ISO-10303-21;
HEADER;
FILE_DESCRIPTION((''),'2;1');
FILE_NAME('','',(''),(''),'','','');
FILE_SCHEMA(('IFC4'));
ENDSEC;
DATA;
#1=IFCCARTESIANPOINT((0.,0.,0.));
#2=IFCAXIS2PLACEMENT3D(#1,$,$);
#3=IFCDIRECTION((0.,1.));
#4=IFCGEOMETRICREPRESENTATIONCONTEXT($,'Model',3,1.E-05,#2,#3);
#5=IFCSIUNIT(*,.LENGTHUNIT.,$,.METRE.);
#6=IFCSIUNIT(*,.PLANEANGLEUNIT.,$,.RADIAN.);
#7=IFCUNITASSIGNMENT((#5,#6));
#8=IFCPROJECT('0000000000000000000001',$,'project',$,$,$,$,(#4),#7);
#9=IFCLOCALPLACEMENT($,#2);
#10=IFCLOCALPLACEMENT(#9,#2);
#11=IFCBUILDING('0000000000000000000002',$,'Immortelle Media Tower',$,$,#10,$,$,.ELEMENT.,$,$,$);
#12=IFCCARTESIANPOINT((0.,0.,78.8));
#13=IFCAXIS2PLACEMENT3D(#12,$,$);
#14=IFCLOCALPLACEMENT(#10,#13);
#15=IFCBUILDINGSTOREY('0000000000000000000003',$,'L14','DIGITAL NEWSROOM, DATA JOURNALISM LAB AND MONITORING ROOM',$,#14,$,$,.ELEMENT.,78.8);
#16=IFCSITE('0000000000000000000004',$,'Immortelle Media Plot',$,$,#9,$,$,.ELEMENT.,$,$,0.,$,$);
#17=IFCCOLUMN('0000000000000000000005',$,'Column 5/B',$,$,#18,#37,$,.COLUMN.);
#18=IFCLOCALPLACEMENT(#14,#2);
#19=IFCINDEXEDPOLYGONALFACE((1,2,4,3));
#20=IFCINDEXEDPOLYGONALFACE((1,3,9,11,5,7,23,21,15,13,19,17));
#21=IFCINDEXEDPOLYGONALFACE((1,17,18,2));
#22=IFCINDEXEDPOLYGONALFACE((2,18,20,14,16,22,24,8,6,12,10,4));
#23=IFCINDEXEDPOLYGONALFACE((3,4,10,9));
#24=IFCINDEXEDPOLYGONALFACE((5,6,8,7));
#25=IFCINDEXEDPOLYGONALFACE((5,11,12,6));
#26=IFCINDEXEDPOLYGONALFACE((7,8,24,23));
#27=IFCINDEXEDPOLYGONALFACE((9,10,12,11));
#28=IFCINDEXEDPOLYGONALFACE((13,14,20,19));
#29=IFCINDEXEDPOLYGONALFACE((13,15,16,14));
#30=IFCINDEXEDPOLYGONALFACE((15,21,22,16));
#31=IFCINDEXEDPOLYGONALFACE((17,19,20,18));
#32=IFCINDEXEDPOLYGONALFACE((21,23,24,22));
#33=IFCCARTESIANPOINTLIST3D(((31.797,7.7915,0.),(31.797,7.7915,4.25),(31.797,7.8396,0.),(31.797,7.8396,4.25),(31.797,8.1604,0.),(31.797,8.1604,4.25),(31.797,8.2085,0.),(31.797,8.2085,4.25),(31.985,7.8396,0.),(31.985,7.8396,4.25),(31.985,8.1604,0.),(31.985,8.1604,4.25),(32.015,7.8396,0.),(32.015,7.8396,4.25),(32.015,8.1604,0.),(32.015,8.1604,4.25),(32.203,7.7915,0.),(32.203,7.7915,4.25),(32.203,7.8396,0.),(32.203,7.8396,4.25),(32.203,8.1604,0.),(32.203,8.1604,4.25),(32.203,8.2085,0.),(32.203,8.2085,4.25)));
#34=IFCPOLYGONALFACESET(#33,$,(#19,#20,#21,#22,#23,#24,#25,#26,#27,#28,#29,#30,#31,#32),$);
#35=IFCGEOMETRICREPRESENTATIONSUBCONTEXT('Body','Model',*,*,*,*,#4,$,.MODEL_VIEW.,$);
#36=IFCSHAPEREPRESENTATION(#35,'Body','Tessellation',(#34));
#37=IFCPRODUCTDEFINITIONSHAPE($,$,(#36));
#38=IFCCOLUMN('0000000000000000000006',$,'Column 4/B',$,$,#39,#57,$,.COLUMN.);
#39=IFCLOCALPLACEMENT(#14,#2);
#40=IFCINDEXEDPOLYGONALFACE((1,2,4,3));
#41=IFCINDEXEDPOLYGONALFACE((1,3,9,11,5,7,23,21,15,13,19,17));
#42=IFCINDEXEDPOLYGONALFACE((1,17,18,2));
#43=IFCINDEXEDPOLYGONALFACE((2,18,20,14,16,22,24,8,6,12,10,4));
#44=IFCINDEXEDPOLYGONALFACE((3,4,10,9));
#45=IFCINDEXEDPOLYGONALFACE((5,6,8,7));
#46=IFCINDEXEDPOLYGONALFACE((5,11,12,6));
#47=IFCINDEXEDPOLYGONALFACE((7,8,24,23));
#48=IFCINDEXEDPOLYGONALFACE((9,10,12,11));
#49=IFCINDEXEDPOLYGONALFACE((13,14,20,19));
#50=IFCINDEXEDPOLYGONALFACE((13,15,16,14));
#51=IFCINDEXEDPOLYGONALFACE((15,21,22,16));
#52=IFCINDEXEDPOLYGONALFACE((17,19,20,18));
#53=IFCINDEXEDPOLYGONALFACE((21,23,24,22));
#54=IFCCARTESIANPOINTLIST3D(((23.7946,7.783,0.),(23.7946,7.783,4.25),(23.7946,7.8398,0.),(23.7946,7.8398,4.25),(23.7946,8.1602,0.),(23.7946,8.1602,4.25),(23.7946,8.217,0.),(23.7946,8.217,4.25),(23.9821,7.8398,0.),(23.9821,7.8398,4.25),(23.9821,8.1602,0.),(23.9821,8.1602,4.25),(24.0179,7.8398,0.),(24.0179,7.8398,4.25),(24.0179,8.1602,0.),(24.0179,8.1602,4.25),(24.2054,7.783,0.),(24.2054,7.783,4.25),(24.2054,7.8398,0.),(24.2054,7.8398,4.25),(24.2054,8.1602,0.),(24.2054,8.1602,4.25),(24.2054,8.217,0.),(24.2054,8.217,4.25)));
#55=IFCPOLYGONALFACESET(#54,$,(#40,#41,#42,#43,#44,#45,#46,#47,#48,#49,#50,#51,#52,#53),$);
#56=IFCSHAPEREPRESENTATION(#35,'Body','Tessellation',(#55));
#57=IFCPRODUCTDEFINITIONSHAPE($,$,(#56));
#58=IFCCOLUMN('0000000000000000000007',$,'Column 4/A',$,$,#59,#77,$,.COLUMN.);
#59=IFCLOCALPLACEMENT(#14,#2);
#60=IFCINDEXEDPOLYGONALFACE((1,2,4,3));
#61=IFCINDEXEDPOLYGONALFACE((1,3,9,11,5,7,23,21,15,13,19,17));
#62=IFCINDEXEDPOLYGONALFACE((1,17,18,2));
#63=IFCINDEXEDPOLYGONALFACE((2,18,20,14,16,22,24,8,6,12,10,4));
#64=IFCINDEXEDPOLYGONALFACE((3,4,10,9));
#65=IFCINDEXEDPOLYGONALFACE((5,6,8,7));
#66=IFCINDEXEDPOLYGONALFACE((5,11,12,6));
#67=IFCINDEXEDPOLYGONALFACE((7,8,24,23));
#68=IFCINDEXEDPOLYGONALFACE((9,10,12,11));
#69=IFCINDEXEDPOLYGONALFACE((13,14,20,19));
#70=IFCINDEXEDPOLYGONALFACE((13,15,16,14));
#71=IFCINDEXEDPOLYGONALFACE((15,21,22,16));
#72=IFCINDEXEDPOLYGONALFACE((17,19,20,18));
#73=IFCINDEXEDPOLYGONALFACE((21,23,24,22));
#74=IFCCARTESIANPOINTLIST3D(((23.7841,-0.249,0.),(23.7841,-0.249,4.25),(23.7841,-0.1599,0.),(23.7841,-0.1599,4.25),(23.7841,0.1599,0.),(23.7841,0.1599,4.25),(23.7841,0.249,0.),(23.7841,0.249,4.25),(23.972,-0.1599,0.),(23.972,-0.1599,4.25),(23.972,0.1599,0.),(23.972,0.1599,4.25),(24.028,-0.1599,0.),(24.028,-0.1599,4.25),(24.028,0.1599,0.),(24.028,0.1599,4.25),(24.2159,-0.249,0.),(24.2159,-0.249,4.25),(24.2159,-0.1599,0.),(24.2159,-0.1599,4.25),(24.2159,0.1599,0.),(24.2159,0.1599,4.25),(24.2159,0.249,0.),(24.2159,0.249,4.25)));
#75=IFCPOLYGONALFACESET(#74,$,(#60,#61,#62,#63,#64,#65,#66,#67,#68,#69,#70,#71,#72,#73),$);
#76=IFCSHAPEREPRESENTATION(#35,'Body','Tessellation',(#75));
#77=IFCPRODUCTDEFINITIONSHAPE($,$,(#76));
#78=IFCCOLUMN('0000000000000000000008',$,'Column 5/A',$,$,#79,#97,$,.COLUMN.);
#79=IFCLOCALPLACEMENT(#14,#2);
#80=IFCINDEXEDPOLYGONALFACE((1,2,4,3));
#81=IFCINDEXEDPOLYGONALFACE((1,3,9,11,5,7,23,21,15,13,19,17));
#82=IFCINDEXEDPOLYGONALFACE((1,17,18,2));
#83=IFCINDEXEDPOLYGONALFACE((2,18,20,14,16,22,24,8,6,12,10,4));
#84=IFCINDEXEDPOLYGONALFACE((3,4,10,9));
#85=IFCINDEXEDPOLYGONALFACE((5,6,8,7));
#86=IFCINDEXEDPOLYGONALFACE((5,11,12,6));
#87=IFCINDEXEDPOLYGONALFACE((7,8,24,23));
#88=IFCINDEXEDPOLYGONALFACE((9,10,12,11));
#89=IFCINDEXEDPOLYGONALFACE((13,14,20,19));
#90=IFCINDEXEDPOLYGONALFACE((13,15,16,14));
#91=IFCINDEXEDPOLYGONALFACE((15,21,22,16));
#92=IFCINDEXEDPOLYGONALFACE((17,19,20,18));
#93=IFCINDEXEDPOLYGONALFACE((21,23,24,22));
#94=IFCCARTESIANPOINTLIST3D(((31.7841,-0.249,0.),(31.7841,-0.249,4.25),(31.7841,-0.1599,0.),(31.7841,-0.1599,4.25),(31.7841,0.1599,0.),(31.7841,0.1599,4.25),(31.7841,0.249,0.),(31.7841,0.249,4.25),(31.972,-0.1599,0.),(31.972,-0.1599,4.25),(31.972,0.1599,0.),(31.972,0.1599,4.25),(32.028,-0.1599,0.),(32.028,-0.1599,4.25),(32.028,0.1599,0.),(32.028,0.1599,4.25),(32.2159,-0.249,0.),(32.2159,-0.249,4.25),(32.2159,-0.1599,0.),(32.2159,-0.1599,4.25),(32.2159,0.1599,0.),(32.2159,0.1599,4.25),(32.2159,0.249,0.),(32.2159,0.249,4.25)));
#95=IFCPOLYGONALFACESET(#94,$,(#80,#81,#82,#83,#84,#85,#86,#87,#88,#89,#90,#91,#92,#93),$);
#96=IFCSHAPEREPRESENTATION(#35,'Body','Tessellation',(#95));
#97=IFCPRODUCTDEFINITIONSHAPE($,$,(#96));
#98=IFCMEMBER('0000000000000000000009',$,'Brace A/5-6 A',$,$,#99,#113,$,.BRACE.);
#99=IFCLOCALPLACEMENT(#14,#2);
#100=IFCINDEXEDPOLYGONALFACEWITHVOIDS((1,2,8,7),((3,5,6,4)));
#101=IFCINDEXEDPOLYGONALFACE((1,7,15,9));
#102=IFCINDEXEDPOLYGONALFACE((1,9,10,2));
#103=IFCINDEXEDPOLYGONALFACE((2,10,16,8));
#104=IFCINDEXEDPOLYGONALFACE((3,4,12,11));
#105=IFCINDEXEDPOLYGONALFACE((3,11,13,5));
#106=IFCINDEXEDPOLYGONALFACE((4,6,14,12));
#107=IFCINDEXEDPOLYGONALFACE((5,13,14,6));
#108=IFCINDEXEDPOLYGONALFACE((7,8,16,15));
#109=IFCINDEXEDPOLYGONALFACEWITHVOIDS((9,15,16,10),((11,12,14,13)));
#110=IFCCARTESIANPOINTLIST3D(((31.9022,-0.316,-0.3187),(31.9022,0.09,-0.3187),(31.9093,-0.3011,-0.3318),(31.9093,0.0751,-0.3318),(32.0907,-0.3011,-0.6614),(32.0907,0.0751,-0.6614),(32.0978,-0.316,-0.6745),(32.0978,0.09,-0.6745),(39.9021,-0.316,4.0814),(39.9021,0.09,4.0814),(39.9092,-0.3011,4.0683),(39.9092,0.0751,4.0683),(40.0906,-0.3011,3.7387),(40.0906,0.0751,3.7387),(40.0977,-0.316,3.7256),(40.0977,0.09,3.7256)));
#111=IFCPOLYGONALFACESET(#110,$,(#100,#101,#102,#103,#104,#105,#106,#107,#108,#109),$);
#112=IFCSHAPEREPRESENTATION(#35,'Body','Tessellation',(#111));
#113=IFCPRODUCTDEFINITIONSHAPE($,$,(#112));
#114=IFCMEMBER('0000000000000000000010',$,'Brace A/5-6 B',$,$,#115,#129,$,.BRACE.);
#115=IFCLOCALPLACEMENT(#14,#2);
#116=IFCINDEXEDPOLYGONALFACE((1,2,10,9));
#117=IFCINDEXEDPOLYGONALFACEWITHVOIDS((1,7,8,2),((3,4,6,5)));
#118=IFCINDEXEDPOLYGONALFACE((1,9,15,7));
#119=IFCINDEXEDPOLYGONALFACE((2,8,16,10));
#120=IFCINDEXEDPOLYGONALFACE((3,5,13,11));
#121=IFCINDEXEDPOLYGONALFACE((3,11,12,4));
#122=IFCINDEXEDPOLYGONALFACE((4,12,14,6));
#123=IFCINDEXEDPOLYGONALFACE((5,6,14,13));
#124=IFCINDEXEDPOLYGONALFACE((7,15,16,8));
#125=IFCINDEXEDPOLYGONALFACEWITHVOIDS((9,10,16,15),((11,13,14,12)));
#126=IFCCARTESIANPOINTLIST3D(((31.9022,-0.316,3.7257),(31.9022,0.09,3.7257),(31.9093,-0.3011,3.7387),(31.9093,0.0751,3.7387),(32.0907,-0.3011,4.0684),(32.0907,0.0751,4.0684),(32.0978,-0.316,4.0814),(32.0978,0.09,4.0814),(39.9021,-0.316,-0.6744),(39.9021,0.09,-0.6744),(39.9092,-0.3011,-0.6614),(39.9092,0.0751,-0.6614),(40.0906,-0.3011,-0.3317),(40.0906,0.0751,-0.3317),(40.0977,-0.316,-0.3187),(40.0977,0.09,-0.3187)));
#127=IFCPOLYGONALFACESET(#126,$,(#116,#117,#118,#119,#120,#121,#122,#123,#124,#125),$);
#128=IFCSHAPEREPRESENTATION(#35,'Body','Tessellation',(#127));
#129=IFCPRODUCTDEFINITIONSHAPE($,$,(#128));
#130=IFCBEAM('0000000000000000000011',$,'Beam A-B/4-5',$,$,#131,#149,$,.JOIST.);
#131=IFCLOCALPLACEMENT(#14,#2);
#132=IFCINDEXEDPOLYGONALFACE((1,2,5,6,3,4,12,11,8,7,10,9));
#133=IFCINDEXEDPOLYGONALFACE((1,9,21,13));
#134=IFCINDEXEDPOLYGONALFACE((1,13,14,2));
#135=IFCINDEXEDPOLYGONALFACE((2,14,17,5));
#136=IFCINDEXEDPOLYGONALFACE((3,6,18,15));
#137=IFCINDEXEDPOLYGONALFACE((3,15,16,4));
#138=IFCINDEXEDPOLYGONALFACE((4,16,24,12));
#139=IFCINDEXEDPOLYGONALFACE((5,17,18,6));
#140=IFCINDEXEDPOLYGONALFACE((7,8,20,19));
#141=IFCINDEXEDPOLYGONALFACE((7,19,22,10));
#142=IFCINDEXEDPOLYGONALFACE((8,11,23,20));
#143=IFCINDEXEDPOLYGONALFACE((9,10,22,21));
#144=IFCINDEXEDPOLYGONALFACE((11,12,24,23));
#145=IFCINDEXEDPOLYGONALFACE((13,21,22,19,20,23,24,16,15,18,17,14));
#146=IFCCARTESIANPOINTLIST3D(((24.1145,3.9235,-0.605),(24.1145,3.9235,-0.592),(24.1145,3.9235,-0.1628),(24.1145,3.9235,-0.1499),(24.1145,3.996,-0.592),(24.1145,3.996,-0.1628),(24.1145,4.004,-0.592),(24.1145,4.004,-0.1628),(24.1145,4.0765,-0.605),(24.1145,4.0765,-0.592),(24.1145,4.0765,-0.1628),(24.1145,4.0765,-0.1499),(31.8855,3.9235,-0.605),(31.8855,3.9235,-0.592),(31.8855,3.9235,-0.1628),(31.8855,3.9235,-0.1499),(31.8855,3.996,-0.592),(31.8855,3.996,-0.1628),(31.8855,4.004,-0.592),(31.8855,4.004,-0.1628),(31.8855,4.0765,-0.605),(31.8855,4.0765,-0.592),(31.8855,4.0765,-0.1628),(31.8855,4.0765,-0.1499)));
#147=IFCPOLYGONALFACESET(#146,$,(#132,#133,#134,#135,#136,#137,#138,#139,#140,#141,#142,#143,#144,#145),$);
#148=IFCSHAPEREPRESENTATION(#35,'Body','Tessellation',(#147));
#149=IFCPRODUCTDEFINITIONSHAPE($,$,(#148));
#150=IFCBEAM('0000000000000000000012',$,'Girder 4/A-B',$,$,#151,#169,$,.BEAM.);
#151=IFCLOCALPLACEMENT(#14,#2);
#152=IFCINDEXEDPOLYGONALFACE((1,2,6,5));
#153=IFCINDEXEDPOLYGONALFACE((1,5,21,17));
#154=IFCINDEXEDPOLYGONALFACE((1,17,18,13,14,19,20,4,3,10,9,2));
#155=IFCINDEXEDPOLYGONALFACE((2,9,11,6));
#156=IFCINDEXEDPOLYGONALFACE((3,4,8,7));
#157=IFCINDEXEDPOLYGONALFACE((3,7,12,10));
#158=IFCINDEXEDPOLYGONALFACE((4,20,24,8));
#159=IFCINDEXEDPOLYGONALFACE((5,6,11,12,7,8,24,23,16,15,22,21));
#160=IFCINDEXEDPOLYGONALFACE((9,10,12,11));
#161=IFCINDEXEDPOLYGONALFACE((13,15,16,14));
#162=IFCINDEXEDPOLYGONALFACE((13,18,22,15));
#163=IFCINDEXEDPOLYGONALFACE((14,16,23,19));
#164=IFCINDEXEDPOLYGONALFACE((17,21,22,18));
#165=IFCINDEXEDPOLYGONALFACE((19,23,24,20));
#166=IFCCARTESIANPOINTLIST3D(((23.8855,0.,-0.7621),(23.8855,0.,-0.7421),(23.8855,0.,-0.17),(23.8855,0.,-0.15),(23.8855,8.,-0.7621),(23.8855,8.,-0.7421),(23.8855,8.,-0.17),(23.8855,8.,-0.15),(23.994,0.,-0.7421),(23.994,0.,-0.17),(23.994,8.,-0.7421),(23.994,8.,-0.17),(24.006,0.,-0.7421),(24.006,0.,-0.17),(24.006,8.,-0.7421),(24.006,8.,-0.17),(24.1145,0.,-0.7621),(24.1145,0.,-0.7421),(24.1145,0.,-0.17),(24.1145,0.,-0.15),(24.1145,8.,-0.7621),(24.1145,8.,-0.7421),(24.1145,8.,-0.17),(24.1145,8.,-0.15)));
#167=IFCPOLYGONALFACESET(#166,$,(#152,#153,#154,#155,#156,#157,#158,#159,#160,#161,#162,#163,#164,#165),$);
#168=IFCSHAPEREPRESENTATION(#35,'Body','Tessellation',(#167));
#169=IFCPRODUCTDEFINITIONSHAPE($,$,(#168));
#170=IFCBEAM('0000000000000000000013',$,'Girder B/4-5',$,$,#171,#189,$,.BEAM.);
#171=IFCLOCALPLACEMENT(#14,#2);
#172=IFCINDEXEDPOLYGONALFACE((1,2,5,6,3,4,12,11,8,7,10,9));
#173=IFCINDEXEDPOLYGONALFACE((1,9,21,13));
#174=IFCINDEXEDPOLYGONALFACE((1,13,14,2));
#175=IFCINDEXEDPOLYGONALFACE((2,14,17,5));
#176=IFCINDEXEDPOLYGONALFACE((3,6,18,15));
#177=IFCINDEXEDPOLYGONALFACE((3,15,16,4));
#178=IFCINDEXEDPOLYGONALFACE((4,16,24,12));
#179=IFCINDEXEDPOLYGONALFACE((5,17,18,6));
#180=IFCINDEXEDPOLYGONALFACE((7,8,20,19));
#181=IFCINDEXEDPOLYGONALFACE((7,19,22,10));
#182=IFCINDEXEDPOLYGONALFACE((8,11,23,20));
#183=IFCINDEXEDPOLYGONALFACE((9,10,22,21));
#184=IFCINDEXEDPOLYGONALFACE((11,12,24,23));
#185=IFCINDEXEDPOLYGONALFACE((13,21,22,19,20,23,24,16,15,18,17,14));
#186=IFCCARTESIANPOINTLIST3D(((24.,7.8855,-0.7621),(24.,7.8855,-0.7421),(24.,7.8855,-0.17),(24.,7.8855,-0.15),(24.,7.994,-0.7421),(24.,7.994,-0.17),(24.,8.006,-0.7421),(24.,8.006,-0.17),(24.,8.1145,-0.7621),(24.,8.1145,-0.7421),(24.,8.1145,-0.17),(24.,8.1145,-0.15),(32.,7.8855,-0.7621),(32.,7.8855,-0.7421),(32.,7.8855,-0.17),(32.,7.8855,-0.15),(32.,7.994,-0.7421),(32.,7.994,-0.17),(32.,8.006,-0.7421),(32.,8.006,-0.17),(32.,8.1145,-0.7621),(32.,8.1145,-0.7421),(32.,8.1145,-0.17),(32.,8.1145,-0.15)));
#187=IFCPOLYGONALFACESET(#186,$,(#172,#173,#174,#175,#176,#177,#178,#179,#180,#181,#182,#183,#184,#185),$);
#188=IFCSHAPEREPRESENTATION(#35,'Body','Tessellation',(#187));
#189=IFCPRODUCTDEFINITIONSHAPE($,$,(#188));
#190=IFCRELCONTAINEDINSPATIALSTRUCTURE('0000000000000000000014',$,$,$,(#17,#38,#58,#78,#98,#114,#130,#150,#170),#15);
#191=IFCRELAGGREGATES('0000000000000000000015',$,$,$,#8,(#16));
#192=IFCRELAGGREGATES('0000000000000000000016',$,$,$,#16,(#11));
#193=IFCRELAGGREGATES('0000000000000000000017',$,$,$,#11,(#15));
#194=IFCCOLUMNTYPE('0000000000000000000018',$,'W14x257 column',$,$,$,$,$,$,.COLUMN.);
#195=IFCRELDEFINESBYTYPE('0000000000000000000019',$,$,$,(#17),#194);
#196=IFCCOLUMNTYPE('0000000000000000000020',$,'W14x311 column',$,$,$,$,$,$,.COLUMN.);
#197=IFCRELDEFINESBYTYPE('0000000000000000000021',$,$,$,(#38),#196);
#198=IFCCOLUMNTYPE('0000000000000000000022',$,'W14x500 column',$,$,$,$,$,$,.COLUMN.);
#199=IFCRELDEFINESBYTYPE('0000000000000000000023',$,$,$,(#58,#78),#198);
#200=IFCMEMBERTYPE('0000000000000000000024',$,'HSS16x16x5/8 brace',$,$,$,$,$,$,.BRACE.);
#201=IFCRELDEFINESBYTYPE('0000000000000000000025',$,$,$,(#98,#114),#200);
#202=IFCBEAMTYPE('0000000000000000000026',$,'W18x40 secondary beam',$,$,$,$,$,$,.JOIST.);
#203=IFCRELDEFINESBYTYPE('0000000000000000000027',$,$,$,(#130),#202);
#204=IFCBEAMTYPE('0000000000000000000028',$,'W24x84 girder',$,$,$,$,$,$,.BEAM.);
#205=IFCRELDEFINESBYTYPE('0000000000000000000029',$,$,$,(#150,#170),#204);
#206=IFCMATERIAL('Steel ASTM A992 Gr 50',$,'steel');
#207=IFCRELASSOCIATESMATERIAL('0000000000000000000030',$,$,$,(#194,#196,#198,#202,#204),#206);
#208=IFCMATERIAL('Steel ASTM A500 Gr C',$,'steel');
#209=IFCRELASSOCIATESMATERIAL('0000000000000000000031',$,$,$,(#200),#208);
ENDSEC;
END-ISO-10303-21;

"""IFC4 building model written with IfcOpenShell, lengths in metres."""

from ifc_helpers import new_model, si_unit, direction, frame, origin, origin_2d, place, context, subcontext, project, spatial, hollow_rectangle, i_section, extrude, material, material_profile, profile_set, type_object, element, save


model = new_model("IFC4")

# Units and contexts
model_context = context("Model", 3, precision=1e-05, world=origin(), true_north=direction((0.0, 1.0)))
body_context = subcontext(model_context, "Body", "Model", "MODEL_VIEW")
ifc_project = project(units=[si_unit("LENGTHUNIT", "METRE"), si_unit("PLANEANGLEUNIT", "RADIAN")], contexts=[model_context])

# Site, building, storey
site_placement = place(None, origin())
site = spatial("IfcSite", under=ifc_project, at=site_placement, Name="Immortelle Media Plot", CompositionType="ELEMENT", RefElevation=0.0)
building_placement = place(site_placement, origin())
building = spatial("IfcBuilding", under=site, at=building_placement, Name="Immortelle Media Tower", CompositionType="ELEMENT")
storey_placement = place(building_placement, frame((0.0, 0.0, 78.8)))
storey = spatial("IfcBuildingStorey", under=building, at=storey_placement, Name="L14", Description="DIGITAL NEWSROOM, DATA JOURNALISM LAB AND MONITORING ROOM", CompositionType="ELEMENT", Elevation=78.8)

# Columns
ifc_material_1 = material(Name="Steel ASTM A992 Gr 50", Category="steel")
ifc_material_profile_1 = material_profile(ifc_material_1, i_section(OverallWidth=0.406, OverallDepth=0.417, WebThickness=0.03, FlangeThickness=0.0481, at=origin_2d()), Name="W14x257")
ifc_profile_set_1 = profile_set([ifc_material_profile_1], Name="Steel ASTM A992 Gr 50")
column_type_1 = type_object("IfcColumnType", Name="W14x257 column", PredefinedType="COLUMN", material=ifc_profile_set_1)
column_1_placement = place(storey_placement, frame((32.0, 8.0, 0.0), z_axis=(0.0, 0.0, 1.0), x_axis=(1.0, 0.0, 0.0)))
element("IfcColumn", 1, at=column_1_placement, inside=storey, type_object=column_type_1, Name="Column 5/B", PredefinedType="COLUMN", context=body_context, shape_type="SweptSolid", body=[
    extrude(i_section(OverallWidth=0.406, OverallDepth=0.417, WebThickness=0.03, FlangeThickness=0.0481, at=origin_2d()), origin(), (0.0, 0.0, 1.0), 4.25),
])
ifc_material_profile_2 = material_profile(ifc_material_1, i_section(OverallWidth=0.4109, OverallDepth=0.4341, WebThickness=0.0359, FlangeThickness=0.0569, at=origin_2d()), Name="W14x311")
ifc_profile_set_2 = profile_set([ifc_material_profile_2], Name="Steel ASTM A992 Gr 50")
column_type_2 = type_object("IfcColumnType", Name="W14x311 column", PredefinedType="COLUMN", material=ifc_profile_set_2)
column_2_placement = place(storey_placement, frame((24.0, 8.0, 0.0), z_axis=(0.0, 0.0, 1.0), x_axis=(1.0, 0.0, 0.0)))
element("IfcColumn", 2, at=column_2_placement, inside=storey, type_object=column_type_2, Name="Column 4/B", PredefinedType="COLUMN", context=body_context, shape_type="SweptSolid", body=[
    extrude(i_section(OverallWidth=0.4109, OverallDepth=0.4341, WebThickness=0.0359, FlangeThickness=0.0569, at=origin_2d()), origin(), (0.0, 0.0, 1.0), 4.25),
])
ifc_material_profile_3 = material_profile(ifc_material_1, i_section(OverallWidth=0.4319, OverallDepth=0.498, WebThickness=0.0559, FlangeThickness=0.0891, at=origin_2d()), Name="W14x500")
ifc_profile_set_3 = profile_set([ifc_material_profile_3], Name="Steel ASTM A992 Gr 50")
column_type_3 = type_object("IfcColumnType", Name="W14x500 column", PredefinedType="COLUMN", material=ifc_profile_set_3)
for number, where, z_axis, x_axis, name in (
    (3, (24.0, 0.0, 0.0), (0.0, 0.0, 1.0), (1.0, 0.0, 0.0), "Column 4/A"),
    (4, (32.0, 0.0, 0.0), (0.0, 0.0, 1.0), (1.0, 0.0, 0.0), "Column 5/A"),
):
    element("IfcColumn", number, at=place(storey_placement, frame(where, z_axis=z_axis, x_axis=x_axis)), inside=storey, type_object=column_type_3, Name=name, PredefinedType="COLUMN", context=body_context, shape_type="SweptSolid", body=[
        extrude(i_section(OverallWidth=0.4319, OverallDepth=0.498, WebThickness=0.0559, FlangeThickness=0.0891, at=origin_2d()), origin(), (0.0, 0.0, 1.0), 4.25),
    ])

# Members
ifc_material_2 = material(Name="Steel ASTM A500 Gr C", Category="steel")
ifc_material_profile_4 = material_profile(ifc_material_2, hollow_rectangle(XDim=0.406, YDim=0.406, WallThickness=0.0149, at=origin_2d()), Name="HSS16x16x5/8 brace")
ifc_profile_set_4 = profile_set([ifc_material_profile_4], Name="Steel ASTM A500 Gr C")
member_type = type_object("IfcMemberType", Name="HSS16x16x5/8 brace", PredefinedType="BRACE", material=ifc_profile_set_4)
for number, where, z_axis, x_axis, name in (
    (5, (32.0, -0.113, -0.4966), (0.876209, 0.0, 0.481931), (0.0, 1.0, 0.0), "Brace A/5-6 A"),
    (6, (32.0, -0.113, 3.9036), (0.876209, 0.0, -0.481931), (0.0, 1.0, 0.0), "Brace A/5-6 B"),
):
    element("IfcMember", number, at=place(storey_placement, frame(where, z_axis=z_axis, x_axis=x_axis)), inside=storey, type_object=member_type, Name=name, PredefinedType="BRACE", context=body_context, shape_type="SweptSolid", body=[
        extrude(hollow_rectangle(XDim=0.406, YDim=0.406, WallThickness=0.0149, at=origin_2d()), origin(), (0.0, 0.0, 1.0), 9.1301),
    ])

# Beams
ifc_material_profile_5 = material_profile(ifc_material_1, i_section(OverallWidth=0.1531, OverallDepth=0.4551, WebThickness=0.0081, FlangeThickness=0.0129, at=origin_2d()), Name="W18x40")
ifc_profile_set_5 = profile_set([ifc_material_profile_5], Name="Steel ASTM A992 Gr 50")
beam_type_1 = type_object("IfcBeamType", Name="W18x40 secondary beam", PredefinedType="JOIST", material=ifc_profile_set_5)
beam_placement = place(storey_placement, frame((24.1145, 4.0, -0.3774), z_axis=(1.0, 0.0, 0.0), x_axis=(0.0, 1.0, 0.0)))
element("IfcBeam", 7, at=beam_placement, inside=storey, type_object=beam_type_1, Name="Beam A-B/4-5", PredefinedType="JOIST", context=body_context, shape_type="SweptSolid", body=[
    extrude(i_section(OverallWidth=0.1531, OverallDepth=0.4551, WebThickness=0.0081, FlangeThickness=0.0129, at=origin_2d()), origin(), (0.0, 0.0, 1.0), 7.771),
])
ifc_material_profile_6 = material_profile(ifc_material_1, i_section(OverallWidth=0.229, OverallDepth=0.6121, WebThickness=0.012, FlangeThickness=0.02, at=origin_2d()), Name="W24x84")
ifc_profile_set_6 = profile_set([ifc_material_profile_6], Name="Steel ASTM A992 Gr 50")
beam_type_2 = type_object("IfcBeamType", Name="W24x84 girder", PredefinedType="BEAM", material=ifc_profile_set_6)
for number, where, z_axis, x_axis, name in (
    (8, (24.0, 0.0, -0.4561), (0.0, 1.0, 0.0), (-1.0, 0.0, 0.0), "Girder 4/A-B"),
    (9, (24.0, 8.0, -0.4561), (1.0, 0.0, 0.0), (0.0, 1.0, 0.0), "Girder B/4-5"),
):
    element("IfcBeam", number, at=place(storey_placement, frame(where, z_axis=z_axis, x_axis=x_axis)), inside=storey, type_object=beam_type_2, Name=name, PredefinedType="BEAM", context=body_context, shape_type="SweptSolid", body=[
        extrude(i_section(OverallWidth=0.229, OverallDepth=0.6121, WebThickness=0.012, FlangeThickness=0.02, at=origin_2d()), origin(), (0.0, 0.0, 1.0), 8.0),
    ])

save(model, "model.ifc")
